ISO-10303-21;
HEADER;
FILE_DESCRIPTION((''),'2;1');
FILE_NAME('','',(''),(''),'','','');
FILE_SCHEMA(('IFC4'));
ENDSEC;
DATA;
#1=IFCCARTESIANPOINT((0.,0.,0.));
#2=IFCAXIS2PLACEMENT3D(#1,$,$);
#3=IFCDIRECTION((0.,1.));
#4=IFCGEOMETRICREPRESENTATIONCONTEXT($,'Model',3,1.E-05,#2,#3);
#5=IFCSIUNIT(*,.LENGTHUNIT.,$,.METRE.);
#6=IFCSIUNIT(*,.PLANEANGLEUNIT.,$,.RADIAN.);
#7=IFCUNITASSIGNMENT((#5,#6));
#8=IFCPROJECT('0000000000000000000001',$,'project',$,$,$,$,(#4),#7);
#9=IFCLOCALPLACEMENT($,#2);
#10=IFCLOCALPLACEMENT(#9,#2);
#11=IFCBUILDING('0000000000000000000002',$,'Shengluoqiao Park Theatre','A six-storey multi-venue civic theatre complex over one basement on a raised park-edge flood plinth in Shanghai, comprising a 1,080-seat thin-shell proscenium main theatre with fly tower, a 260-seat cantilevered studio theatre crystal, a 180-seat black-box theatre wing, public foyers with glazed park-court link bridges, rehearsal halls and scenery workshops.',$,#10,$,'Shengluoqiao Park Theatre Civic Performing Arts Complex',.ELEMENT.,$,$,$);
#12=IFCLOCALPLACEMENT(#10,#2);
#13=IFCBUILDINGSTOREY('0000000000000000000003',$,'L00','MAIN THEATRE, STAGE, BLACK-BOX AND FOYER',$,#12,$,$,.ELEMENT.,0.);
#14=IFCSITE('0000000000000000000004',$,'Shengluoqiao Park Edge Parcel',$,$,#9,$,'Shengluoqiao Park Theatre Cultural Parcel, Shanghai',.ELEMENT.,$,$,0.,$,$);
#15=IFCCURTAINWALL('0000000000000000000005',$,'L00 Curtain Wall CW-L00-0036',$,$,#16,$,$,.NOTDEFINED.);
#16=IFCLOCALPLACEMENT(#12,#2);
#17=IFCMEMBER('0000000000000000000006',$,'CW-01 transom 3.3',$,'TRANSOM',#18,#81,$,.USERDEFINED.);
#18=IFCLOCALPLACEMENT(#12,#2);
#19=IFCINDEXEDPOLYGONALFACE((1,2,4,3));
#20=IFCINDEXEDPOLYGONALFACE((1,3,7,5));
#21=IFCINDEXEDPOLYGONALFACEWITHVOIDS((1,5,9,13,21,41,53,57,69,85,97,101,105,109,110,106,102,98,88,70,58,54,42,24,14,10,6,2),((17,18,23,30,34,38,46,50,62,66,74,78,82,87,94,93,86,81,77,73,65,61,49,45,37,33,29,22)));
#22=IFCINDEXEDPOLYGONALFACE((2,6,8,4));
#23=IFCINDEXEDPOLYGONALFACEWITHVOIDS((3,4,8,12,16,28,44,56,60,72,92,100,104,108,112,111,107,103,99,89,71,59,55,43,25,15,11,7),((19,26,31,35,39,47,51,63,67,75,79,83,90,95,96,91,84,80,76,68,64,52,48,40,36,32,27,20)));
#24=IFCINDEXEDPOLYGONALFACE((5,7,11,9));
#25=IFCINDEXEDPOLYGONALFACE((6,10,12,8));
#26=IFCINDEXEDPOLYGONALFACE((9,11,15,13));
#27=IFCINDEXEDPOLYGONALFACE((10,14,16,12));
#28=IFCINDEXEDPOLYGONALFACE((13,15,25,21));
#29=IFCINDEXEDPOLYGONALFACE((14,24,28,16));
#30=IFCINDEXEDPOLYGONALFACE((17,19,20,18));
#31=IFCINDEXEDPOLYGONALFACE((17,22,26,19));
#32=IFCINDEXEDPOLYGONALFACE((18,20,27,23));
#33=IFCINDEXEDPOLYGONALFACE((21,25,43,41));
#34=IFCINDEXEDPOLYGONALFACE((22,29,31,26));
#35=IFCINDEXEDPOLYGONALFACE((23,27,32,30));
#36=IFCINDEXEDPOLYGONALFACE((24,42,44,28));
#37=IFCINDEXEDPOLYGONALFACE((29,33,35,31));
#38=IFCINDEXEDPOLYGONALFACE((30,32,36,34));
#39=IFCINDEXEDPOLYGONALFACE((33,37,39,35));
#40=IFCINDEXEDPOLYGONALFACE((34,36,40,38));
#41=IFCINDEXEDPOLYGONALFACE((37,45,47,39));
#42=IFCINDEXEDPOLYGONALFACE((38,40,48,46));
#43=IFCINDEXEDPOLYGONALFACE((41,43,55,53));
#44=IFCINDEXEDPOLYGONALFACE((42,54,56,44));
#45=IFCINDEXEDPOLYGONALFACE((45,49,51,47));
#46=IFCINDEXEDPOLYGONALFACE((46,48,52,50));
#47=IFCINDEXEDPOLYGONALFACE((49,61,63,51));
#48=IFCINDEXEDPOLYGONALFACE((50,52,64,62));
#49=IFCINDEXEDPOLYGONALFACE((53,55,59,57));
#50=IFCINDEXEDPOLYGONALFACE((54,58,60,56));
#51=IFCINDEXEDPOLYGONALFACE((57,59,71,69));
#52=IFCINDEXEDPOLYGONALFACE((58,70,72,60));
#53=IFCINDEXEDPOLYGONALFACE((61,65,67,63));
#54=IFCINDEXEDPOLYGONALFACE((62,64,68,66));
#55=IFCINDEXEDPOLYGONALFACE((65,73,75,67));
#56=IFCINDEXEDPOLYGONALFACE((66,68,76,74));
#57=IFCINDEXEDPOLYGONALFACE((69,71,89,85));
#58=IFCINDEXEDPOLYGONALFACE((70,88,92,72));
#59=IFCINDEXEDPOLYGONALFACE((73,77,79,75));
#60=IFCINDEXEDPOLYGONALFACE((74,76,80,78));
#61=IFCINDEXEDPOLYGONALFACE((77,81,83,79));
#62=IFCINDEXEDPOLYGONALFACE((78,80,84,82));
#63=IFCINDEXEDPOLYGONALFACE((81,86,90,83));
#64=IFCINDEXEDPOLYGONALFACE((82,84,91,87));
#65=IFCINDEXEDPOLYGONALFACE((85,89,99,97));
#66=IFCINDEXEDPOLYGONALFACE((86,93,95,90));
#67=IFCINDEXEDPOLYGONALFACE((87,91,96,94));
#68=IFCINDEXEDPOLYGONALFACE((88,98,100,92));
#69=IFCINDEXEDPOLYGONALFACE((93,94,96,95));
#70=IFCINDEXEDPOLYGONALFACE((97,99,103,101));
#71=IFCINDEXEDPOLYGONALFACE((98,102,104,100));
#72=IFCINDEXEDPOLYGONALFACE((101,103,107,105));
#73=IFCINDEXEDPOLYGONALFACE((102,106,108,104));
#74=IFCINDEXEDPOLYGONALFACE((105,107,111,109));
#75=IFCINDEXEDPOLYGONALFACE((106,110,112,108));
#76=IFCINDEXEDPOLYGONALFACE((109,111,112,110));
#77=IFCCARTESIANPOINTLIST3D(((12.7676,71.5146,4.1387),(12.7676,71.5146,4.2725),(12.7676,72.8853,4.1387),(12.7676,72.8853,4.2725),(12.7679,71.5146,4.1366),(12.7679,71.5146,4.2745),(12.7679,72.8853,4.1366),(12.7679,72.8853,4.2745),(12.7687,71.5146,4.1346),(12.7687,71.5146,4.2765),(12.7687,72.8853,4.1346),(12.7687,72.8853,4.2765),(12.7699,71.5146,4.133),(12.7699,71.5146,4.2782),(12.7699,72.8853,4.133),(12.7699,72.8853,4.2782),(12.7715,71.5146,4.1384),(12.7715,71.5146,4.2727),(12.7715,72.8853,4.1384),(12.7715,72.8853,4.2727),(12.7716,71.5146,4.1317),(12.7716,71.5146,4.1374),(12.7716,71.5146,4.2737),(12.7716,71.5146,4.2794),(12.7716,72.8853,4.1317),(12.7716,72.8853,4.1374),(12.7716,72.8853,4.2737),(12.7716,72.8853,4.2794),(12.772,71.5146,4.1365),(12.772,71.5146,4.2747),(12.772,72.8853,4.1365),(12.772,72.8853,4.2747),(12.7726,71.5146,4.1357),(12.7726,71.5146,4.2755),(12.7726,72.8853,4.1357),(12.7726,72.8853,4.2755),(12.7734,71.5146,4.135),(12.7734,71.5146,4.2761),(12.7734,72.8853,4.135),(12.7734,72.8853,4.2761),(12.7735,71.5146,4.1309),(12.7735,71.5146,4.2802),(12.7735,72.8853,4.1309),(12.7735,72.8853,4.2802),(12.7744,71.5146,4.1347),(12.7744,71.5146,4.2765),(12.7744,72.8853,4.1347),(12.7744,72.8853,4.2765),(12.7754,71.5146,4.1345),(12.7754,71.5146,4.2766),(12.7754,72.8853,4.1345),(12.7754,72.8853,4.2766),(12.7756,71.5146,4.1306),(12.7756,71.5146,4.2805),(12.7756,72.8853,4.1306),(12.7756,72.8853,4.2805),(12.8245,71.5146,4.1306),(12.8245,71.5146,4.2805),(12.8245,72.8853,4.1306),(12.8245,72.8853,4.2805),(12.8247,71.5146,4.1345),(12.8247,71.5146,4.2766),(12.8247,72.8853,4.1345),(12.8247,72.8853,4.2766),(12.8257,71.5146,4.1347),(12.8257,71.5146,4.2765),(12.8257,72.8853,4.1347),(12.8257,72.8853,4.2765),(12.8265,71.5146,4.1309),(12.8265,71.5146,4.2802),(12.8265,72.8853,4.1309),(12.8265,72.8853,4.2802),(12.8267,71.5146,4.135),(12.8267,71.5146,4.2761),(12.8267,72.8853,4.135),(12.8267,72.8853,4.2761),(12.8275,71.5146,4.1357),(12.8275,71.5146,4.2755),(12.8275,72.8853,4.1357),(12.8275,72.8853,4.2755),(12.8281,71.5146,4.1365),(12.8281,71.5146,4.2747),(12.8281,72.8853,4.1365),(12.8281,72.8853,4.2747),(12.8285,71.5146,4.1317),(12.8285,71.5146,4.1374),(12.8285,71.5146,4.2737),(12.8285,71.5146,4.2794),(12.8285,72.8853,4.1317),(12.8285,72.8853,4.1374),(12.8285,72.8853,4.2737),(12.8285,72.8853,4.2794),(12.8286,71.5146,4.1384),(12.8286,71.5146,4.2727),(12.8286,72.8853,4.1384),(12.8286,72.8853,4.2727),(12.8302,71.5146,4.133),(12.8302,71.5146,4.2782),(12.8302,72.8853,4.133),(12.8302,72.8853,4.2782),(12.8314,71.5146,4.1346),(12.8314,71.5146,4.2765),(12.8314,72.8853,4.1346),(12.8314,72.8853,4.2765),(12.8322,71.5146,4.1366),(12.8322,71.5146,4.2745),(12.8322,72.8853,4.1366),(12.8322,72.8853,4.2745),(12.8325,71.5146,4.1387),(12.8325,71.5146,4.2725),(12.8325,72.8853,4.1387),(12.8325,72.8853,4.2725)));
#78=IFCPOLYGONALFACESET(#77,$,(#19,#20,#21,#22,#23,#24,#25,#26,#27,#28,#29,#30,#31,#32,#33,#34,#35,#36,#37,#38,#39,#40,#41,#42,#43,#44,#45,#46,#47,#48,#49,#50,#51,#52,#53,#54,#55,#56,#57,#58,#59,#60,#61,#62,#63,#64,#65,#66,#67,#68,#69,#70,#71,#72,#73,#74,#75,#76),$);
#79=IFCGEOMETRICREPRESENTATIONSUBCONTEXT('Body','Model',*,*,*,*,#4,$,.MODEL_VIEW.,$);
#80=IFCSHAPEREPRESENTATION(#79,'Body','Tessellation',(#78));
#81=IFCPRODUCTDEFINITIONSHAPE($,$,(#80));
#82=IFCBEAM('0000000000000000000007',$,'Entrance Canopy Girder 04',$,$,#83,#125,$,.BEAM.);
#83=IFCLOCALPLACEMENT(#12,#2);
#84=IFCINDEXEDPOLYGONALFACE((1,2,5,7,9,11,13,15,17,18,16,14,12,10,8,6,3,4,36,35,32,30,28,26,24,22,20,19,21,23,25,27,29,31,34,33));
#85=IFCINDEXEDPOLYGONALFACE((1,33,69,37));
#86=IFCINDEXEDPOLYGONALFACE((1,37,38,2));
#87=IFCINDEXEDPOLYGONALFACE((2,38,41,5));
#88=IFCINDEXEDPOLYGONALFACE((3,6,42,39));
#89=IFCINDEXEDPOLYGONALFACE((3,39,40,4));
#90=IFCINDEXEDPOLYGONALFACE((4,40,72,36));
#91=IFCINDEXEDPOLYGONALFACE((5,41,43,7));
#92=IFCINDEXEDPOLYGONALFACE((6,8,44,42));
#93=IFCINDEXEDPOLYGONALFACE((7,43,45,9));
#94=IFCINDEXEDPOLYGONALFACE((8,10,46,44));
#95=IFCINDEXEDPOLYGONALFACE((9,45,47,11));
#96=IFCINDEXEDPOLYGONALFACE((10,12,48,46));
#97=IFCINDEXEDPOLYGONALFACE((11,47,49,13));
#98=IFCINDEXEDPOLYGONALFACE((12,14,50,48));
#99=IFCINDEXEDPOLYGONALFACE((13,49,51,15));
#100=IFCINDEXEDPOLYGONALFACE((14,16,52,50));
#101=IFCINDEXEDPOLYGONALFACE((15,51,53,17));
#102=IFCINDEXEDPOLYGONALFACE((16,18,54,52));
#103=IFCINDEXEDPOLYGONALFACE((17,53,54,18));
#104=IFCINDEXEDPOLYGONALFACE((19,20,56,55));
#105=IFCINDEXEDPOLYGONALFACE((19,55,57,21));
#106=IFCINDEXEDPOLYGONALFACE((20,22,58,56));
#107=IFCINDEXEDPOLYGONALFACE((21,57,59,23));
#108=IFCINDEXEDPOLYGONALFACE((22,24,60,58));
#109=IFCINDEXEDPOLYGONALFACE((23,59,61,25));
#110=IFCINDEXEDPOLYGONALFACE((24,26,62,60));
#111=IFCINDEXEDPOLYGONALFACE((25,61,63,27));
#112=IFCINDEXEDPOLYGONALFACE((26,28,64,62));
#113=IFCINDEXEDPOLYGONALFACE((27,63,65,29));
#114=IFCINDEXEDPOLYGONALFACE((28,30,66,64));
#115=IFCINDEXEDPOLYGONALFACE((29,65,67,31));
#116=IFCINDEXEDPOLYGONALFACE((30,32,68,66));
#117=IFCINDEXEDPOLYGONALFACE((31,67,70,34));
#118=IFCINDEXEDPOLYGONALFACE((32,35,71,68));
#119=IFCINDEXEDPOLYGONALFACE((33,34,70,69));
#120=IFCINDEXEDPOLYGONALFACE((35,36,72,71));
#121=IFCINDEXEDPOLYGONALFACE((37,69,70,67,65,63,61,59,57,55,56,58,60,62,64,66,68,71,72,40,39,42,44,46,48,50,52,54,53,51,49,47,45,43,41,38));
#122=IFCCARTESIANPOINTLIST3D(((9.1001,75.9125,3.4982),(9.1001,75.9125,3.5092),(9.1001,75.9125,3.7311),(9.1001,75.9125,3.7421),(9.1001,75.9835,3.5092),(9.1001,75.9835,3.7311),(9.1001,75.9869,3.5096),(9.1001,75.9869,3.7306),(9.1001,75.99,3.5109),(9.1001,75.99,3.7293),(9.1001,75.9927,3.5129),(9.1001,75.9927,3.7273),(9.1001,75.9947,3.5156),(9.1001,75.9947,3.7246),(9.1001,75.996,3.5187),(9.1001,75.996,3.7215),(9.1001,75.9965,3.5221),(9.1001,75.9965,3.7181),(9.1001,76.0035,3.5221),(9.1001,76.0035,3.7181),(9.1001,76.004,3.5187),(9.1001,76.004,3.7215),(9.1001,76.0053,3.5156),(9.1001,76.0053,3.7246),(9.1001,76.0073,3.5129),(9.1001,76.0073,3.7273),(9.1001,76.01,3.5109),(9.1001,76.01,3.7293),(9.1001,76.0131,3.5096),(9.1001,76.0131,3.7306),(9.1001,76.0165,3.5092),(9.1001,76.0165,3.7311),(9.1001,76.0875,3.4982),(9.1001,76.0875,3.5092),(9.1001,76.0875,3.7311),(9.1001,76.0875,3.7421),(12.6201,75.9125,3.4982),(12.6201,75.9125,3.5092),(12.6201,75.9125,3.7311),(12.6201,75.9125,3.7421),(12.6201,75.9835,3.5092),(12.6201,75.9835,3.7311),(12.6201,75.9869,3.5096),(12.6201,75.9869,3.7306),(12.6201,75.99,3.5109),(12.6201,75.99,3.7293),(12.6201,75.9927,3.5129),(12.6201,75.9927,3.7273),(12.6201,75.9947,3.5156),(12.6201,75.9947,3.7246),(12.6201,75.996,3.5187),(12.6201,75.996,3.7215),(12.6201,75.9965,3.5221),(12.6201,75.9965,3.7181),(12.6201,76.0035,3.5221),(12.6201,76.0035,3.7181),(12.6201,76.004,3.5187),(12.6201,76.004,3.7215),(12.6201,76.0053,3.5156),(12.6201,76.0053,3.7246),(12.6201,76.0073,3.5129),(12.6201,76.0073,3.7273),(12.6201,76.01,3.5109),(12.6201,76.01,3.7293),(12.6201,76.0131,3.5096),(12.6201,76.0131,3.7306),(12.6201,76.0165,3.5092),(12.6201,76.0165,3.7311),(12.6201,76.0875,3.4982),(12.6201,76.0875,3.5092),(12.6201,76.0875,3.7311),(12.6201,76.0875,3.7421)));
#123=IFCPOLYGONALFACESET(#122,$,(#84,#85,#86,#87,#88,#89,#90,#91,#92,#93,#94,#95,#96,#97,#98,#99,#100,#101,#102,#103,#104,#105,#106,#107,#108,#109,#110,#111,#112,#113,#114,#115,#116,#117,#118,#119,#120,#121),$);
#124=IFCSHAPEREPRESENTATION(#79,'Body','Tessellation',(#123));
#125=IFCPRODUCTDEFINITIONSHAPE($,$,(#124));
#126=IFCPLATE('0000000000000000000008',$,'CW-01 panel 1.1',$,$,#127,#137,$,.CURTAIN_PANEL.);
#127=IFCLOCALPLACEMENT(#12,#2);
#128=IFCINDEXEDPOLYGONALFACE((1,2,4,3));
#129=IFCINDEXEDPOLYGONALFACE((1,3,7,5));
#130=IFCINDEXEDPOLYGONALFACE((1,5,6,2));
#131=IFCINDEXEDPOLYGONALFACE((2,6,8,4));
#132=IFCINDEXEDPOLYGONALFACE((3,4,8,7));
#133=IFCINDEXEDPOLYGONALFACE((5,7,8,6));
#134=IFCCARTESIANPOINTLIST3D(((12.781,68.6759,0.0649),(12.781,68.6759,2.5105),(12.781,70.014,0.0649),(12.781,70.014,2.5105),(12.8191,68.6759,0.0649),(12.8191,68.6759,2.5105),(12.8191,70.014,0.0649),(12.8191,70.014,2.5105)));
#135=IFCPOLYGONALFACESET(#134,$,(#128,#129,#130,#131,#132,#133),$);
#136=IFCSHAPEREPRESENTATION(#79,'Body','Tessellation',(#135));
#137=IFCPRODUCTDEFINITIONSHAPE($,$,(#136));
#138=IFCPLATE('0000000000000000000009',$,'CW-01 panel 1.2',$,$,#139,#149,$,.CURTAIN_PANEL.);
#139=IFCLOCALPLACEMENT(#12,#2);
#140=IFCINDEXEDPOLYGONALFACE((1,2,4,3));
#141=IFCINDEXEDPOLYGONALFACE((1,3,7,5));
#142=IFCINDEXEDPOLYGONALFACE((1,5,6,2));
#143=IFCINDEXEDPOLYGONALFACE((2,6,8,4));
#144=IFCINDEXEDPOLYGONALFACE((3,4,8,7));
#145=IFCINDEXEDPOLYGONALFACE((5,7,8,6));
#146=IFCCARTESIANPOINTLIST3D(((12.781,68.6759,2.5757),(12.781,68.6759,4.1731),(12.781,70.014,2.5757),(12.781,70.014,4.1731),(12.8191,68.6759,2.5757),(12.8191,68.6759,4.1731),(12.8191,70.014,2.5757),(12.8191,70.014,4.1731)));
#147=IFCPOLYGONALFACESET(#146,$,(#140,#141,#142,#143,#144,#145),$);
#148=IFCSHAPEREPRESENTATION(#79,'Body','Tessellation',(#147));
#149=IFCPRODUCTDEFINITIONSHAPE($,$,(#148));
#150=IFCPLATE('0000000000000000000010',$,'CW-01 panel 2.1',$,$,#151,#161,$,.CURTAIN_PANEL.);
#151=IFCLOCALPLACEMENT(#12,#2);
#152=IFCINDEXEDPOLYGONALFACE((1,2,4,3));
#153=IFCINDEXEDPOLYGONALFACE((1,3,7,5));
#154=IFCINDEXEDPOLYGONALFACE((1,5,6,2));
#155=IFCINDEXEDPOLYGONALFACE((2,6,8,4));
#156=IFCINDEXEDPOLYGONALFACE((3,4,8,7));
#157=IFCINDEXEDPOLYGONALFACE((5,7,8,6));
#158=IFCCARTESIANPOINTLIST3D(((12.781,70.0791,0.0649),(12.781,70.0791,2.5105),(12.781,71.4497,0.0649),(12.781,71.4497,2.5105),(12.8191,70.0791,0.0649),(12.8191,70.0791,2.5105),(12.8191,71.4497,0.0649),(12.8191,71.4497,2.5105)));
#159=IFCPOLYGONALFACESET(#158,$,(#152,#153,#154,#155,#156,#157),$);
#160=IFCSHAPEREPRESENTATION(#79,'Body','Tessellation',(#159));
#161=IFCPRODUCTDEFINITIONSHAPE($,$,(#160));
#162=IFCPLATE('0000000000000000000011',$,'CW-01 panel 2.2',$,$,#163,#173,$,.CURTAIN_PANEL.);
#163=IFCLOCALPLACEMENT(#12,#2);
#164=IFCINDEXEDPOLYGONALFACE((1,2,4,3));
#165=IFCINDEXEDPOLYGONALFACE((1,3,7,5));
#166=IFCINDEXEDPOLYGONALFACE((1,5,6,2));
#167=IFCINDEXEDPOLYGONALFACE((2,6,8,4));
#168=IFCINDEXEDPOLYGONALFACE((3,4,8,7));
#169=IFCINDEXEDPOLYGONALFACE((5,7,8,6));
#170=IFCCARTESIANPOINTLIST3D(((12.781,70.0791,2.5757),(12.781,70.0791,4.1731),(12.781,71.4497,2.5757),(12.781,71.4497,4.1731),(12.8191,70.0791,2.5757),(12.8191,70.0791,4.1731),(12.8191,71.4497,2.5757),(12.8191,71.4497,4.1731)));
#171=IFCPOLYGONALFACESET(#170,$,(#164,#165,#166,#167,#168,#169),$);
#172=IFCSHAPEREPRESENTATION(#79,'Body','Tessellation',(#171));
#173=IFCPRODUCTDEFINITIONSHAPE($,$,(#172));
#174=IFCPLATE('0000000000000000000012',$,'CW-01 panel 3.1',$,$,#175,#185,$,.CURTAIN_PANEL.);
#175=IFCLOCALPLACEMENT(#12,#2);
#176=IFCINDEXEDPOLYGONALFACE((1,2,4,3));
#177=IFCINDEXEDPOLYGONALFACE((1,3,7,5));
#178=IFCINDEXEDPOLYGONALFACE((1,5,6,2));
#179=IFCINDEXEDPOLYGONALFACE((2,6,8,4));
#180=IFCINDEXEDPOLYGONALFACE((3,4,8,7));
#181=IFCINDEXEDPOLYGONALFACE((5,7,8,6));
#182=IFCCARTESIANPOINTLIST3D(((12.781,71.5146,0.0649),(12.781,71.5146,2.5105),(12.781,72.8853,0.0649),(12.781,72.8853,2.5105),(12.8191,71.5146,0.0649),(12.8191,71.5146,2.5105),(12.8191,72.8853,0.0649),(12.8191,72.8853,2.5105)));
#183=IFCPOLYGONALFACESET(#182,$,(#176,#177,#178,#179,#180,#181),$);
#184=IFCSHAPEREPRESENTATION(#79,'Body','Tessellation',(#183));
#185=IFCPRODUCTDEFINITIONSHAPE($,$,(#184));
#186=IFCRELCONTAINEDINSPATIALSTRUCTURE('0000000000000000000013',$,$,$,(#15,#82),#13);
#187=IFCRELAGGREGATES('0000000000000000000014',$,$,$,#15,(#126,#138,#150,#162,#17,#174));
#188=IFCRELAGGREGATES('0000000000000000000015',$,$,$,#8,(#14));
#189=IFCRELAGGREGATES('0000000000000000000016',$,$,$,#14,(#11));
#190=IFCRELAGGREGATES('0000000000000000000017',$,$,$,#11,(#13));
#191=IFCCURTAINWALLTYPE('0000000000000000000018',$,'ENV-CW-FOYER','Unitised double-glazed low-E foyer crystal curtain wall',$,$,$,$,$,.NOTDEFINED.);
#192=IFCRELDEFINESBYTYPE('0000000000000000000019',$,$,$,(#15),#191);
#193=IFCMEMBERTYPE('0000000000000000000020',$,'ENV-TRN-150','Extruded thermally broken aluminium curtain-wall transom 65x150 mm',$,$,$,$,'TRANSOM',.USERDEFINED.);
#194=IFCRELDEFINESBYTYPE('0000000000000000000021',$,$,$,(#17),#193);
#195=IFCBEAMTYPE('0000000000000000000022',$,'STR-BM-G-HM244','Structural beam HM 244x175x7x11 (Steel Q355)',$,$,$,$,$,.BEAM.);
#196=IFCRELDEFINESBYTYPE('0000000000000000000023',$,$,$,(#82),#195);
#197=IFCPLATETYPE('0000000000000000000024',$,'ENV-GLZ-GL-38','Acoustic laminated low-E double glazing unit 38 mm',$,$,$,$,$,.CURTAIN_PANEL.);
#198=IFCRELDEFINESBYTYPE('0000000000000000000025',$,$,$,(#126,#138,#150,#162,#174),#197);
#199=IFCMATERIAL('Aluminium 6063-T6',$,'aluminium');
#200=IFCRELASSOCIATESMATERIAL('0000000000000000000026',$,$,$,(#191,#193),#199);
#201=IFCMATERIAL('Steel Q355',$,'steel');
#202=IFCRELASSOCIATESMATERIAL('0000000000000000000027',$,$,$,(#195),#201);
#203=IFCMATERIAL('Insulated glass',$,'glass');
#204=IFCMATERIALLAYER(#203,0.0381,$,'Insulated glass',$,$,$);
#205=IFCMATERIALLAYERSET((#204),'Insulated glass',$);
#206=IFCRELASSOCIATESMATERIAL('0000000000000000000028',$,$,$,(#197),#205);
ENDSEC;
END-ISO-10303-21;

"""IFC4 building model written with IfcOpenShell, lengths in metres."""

from ifc_helpers import new_model, si_unit, direction, frame, origin, origin_2d, place, context, subcontext, project, spatial, rectangle, hollow_rectangle, i_section, extrude, material, layer, layer_set, material_profile, profile_set, type_object, element, aggregate, save


model = new_model("IFC4")

# Units and contexts
model_context = context("Model", 3, precision=1e-05, world=origin(), true_north=direction((0.0, 1.0)))
body_context = subcontext(model_context, "Body", "Model", "MODEL_VIEW")
ifc_project = project(units=[si_unit("LENGTHUNIT", "METRE"), si_unit("PLANEANGLEUNIT", "RADIAN")], contexts=[model_context])

# Site, building, storey
site_placement = place(None, origin())
site = spatial("IfcSite", under=ifc_project, at=site_placement, Name="Shengluoqiao Park Edge Parcel", LongName="Shengluoqiao Park Theatre Cultural Parcel, Shanghai", CompositionType="ELEMENT", RefElevation=0.0)
building_placement = place(site_placement, origin())
building = spatial("IfcBuilding", under=site, at=building_placement, Name="Shengluoqiao Park Theatre", Description="A six-storey multi-venue civic theatre complex over one basement on a raised park-edge flood plinth in Shanghai, comprising a 1,080-seat thin-shell proscenium main theatre with fly tower, a 260-seat cantilevered studio theatre crystal, a 180-seat black-box theatre wing, public foyers with glazed park-court link bridges, rehearsal halls and scenery workshops.", LongName="Shengluoqiao Park Theatre Civic Performing Arts Complex", CompositionType="ELEMENT")
storey_placement = place(building_placement, origin())
storey = spatial("IfcBuildingStorey", under=building, at=storey_placement, Name="L00", Description="MAIN THEATRE, STAGE, BLACK-BOX AND FOYER", CompositionType="ELEMENT", Elevation=0.0)

# Curtain wall, member
ifc_material_1 = material(Name="Aluminium 6063-T6", Category="aluminium")
curtain_wall_type = type_object("IfcCurtainWallType", Name="ENV-CW-FOYER", Description="Unitised double-glazed low-E foyer crystal curtain wall", PredefinedType="NOTDEFINED", material=ifc_material_1)
curtain_wall_placement = place(storey_placement, origin())
curtain_wall = element("IfcCurtainWall", 1, at=curtain_wall_placement, inside=storey, type_object=curtain_wall_type, Name="L00 Curtain Wall CW-L00-0036", PredefinedType="NOTDEFINED")
ifc_material_profile_1 = material_profile(ifc_material_1, hollow_rectangle(XDim=0.0649, YDim=0.1499, WallThickness=0.0039, InnerFilletRadius=0.0039, OuterFilletRadius=0.0081, at=origin_2d()), Name="ALU TRANSOM 150x65x4")
ifc_profile_set_1 = profile_set([ifc_material_profile_1], Name="Aluminium 6063-T6")
member_type_1 = type_object("IfcMemberType", Name="ENV-TRN-150", Description="Extruded thermally broken aluminium curtain-wall transom 65x150 mm", ElementType="TRANSOM", PredefinedType="USERDEFINED", material=ifc_profile_set_1)
member_1_placement = place(storey_placement, frame((12.8, 71.5146, 4.2056), z_axis=(0.0, 1.0, 0.0), x_axis=(-1.0, 0.0, 0.0)))
member_1 = element("IfcMember", 2, at=member_1_placement, type_object=member_type_1, Name="CW-01 transom 3.3", ObjectType="TRANSOM", PredefinedType="USERDEFINED", context=body_context, shape_type="SweptSolid", body=[
    extrude(hollow_rectangle(XDim=0.0649, YDim=0.1499, WallThickness=0.0039, InnerFilletRadius=0.0039, OuterFilletRadius=0.0081, at=origin_2d()), origin(), (0.0, 0.0, 1.0), 1.3706),
])

# Beam
ifc_material_2 = material(Name="Steel Q355", Category="steel")
ifc_material_profile_2 = material_profile(ifc_material_2, i_section(OverallWidth=0.175, OverallDepth=0.2439, WebThickness=0.0071, FlangeThickness=0.011, FilletRadius=0.0129, at=origin_2d()), Name="HM 244x175x7x11")
ifc_profile_set_2 = profile_set([ifc_material_profile_2], Name="Steel Q355")
beam_type = type_object("IfcBeamType", Name="STR-BM-G-HM244", Description="Structural beam HM 244x175x7x11 (Steel Q355)", PredefinedType="BEAM", material=ifc_profile_set_2)
beam_placement = place(storey_placement, frame((9.1001, 76.0, 3.6201), z_axis=(1.0, 0.0, 0.0), x_axis=(0.0, 1.0, 0.0)))
element("IfcBeam", 3, at=beam_placement, inside=storey, type_object=beam_type, Name="Entrance Canopy Girder 04", PredefinedType="BEAM", context=body_context, shape_type="SweptSolid", body=[
    extrude(i_section(OverallWidth=0.175, OverallDepth=0.2439, WebThickness=0.0071, FlangeThickness=0.011, FilletRadius=0.0129, at=origin_2d()), origin(), (0.0, 0.0, 1.0), 3.52),
])

# Plates
ifc_material_3 = material(Name="Insulated glass", Category="glass")
ifc_layer_1 = layer(ifc_material_3, 0.0381, Name="Insulated glass")
ifc_layer_set_1 = layer_set([ifc_layer_1], Name="Insulated glass")
plate_type = type_object("IfcPlateType", Name="ENV-GLZ-GL-38", Description="Acoustic laminated low-E double glazing unit 38 mm", PredefinedType="CURTAIN_PANEL", material=ifc_layer_set_1)
plate_1_placement = place(storey_placement, frame((12.8, 69.345, 0.0649), z_axis=(0.0, 0.0, 1.0), x_axis=(0.0, 1.0, 0.0)))
plate_1 = element("IfcPlate", 4, at=plate_1_placement, type_object=plate_type, Name="CW-01 panel 1.1", PredefinedType="CURTAIN_PANEL", context=body_context, shape_type="SweptSolid", body=[
    extrude(rectangle(XDim=1.3381, YDim=0.0381, at=origin_2d()), origin(), (0.0, 0.0, 1.0), 2.4456),
])
plate_2_placement = place(storey_placement, frame((12.8, 69.345, 2.5757), z_axis=(0.0, 0.0, 1.0), x_axis=(0.0, 1.0, 0.0)))
plate_2 = element("IfcPlate", 5, at=plate_2_placement, type_object=plate_type, Name="CW-01 panel 1.2", PredefinedType="CURTAIN_PANEL", context=body_context, shape_type="SweptSolid", body=[
    extrude(rectangle(XDim=1.3381, YDim=0.0381, at=origin_2d()), origin(), (0.0, 0.0, 1.0), 1.5974),
])
plate_3_placement = place(storey_placement, frame((12.8, 70.7644, 0.0649), z_axis=(0.0, 0.0, 1.0), x_axis=(0.0, 1.0, 0.0)))
plate_3 = element("IfcPlate", 6, at=plate_3_placement, type_object=plate_type, Name="CW-01 panel 2.1", PredefinedType="CURTAIN_PANEL", context=body_context, shape_type="SweptSolid", body=[
    extrude(rectangle(XDim=1.3706, YDim=0.0381, at=origin_2d()), origin(), (0.0, 0.0, 1.0), 2.4456),
])
plate_4_placement = place(storey_placement, frame((12.8, 70.7644, 2.5757), z_axis=(0.0, 0.0, 1.0), x_axis=(0.0, 1.0, 0.0)))
plate_4 = element("IfcPlate", 7, at=plate_4_placement, type_object=plate_type, Name="CW-01 panel 2.2", PredefinedType="CURTAIN_PANEL", context=body_context, shape_type="SweptSolid", body=[
    extrude(rectangle(XDim=1.3706, YDim=0.0381, at=origin_2d()), origin(), (0.0, 0.0, 1.0), 1.5974),
])
plate_5_placement = place(storey_placement, frame((12.8, 72.2, 0.0649), z_axis=(0.0, 0.0, 1.0), x_axis=(0.0, 1.0, 0.0)))
plate_5 = element("IfcPlate", 8, at=plate_5_placement, type_object=plate_type, Name="CW-01 panel 3.1", PredefinedType="CURTAIN_PANEL", context=body_context, shape_type="SweptSolid", body=[
    extrude(rectangle(XDim=1.3706, YDim=0.0381, at=origin_2d()), origin(), (0.0, 0.0, 1.0), 2.4456),
])
aggregate(curtain_wall, [plate_1, plate_2, plate_3, plate_4, member_1, plate_5])

save(model, "model.ifc")
